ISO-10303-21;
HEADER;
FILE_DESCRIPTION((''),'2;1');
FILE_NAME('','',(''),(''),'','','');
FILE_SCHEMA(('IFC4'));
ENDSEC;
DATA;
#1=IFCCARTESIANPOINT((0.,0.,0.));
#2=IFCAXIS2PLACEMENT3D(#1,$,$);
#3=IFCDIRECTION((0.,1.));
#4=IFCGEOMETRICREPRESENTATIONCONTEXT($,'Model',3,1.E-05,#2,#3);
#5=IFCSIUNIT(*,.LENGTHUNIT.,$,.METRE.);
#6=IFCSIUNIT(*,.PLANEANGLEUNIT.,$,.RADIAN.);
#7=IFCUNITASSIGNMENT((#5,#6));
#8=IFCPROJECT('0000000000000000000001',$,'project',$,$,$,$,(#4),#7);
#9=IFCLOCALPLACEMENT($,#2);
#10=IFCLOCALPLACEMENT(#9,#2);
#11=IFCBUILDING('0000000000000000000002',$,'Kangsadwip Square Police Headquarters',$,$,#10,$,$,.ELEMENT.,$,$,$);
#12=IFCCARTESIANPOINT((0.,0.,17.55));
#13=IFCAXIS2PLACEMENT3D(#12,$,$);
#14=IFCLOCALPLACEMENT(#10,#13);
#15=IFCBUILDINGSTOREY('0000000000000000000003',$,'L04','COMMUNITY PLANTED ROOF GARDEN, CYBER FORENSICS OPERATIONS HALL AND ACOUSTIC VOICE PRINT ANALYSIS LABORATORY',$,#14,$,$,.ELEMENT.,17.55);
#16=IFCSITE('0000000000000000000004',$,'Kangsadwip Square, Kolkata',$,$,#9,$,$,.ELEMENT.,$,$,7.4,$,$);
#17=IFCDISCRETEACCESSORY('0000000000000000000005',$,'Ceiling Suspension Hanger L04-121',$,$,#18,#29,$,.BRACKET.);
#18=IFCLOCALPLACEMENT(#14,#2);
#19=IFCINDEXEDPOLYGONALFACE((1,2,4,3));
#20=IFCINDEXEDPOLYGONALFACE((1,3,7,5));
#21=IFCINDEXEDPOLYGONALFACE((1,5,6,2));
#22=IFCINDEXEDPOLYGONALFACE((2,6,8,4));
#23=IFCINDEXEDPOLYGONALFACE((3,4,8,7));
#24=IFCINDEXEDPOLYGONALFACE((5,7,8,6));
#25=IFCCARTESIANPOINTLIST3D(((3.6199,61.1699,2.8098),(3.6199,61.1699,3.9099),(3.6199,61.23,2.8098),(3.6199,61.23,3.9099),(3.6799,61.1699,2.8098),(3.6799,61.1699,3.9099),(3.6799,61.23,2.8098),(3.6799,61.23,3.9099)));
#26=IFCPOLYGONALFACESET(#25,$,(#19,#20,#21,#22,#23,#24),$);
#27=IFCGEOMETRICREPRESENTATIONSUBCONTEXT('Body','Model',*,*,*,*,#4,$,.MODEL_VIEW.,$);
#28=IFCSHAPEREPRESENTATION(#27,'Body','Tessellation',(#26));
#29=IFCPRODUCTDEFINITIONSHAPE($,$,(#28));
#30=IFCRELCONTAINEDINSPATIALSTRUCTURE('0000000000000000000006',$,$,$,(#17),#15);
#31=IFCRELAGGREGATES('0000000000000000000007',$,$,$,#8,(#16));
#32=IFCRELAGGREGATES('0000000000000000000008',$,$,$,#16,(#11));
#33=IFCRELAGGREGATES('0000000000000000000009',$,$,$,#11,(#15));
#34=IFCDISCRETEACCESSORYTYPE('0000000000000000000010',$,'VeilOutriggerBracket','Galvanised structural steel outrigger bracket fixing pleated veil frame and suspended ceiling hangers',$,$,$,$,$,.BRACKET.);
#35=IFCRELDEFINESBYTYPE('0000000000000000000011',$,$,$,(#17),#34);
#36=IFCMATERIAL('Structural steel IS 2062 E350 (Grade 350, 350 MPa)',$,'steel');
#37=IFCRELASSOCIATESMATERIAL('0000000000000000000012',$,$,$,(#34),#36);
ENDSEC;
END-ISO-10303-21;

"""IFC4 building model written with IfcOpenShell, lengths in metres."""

from ifc_helpers import new_model, si_unit, direction, frame, origin, origin_2d, place, context, subcontext, project, spatial, rectangle, extrude, material, type_object, element, save


model = new_model("IFC4")

# Units and contexts
model_context = context("Model", 3, precision=1e-05, world=origin(), true_north=direction((0.0, 1.0)))
body_context = subcontext(model_context, "Body", "Model", "MODEL_VIEW")
ifc_project = project(units=[si_unit("LENGTHUNIT", "METRE"), si_unit("PLANEANGLEUNIT", "RADIAN")], contexts=[model_context])

# Site, building, storey
site_placement = place(None, origin())
site = spatial("IfcSite", under=ifc_project, at=site_placement, Name="Kangsadwip Square, Kolkata", CompositionType="ELEMENT", RefElevation=7.4)
building_placement = place(site_placement, origin())
building = spatial("IfcBuilding", under=site, at=building_placement, Name="Kangsadwip Square Police Headquarters", CompositionType="ELEMENT")
storey_placement = place(building_placement, frame((0.0, 0.0, 17.55)))
storey = spatial("IfcBuildingStorey", under=building, at=storey_placement, Name="L04", Description="COMMUNITY PLANTED ROOF GARDEN, CYBER FORENSICS OPERATIONS HALL AND ACOUSTIC VOICE PRINT ANALYSIS LABORATORY", CompositionType="ELEMENT", Elevation=17.55)

# Discrete accessory
ifc_material_1 = material(Name="Structural steel IS 2062 E350 (Grade 350, 350 MPa)", Category="steel")
discrete_accessory_type = type_object("IfcDiscreteAccessoryType", Name="VeilOutriggerBracket", Description="Galvanised structural steel outrigger bracket fixing pleated veil frame and suspended ceiling hangers", PredefinedType="BRACKET", material=ifc_material_1)
for number, where, z_axis, x_axis, name in (
    (1, (3.6499, 61.2, 2.8098), (0.0, 0.0, 1.0), (1.0, 0.0, 0.0), "Ceiling Suspension Hanger L04-121"),
):
    element("IfcDiscreteAccessory", number, at=place(storey_placement, frame(where, z_axis=z_axis, x_axis=x_axis)), inside=storey, type_object=discrete_accessory_type, Name=name, PredefinedType="BRACKET", context=body_context, shape_type="SweptSolid", body=[
        extrude(rectangle(XDim=0.0601, YDim=0.0601, at=origin_2d()), origin(), (0.0, 0.0, 1.0), 1.1001),
    ])

save(model, "model.ifc")
